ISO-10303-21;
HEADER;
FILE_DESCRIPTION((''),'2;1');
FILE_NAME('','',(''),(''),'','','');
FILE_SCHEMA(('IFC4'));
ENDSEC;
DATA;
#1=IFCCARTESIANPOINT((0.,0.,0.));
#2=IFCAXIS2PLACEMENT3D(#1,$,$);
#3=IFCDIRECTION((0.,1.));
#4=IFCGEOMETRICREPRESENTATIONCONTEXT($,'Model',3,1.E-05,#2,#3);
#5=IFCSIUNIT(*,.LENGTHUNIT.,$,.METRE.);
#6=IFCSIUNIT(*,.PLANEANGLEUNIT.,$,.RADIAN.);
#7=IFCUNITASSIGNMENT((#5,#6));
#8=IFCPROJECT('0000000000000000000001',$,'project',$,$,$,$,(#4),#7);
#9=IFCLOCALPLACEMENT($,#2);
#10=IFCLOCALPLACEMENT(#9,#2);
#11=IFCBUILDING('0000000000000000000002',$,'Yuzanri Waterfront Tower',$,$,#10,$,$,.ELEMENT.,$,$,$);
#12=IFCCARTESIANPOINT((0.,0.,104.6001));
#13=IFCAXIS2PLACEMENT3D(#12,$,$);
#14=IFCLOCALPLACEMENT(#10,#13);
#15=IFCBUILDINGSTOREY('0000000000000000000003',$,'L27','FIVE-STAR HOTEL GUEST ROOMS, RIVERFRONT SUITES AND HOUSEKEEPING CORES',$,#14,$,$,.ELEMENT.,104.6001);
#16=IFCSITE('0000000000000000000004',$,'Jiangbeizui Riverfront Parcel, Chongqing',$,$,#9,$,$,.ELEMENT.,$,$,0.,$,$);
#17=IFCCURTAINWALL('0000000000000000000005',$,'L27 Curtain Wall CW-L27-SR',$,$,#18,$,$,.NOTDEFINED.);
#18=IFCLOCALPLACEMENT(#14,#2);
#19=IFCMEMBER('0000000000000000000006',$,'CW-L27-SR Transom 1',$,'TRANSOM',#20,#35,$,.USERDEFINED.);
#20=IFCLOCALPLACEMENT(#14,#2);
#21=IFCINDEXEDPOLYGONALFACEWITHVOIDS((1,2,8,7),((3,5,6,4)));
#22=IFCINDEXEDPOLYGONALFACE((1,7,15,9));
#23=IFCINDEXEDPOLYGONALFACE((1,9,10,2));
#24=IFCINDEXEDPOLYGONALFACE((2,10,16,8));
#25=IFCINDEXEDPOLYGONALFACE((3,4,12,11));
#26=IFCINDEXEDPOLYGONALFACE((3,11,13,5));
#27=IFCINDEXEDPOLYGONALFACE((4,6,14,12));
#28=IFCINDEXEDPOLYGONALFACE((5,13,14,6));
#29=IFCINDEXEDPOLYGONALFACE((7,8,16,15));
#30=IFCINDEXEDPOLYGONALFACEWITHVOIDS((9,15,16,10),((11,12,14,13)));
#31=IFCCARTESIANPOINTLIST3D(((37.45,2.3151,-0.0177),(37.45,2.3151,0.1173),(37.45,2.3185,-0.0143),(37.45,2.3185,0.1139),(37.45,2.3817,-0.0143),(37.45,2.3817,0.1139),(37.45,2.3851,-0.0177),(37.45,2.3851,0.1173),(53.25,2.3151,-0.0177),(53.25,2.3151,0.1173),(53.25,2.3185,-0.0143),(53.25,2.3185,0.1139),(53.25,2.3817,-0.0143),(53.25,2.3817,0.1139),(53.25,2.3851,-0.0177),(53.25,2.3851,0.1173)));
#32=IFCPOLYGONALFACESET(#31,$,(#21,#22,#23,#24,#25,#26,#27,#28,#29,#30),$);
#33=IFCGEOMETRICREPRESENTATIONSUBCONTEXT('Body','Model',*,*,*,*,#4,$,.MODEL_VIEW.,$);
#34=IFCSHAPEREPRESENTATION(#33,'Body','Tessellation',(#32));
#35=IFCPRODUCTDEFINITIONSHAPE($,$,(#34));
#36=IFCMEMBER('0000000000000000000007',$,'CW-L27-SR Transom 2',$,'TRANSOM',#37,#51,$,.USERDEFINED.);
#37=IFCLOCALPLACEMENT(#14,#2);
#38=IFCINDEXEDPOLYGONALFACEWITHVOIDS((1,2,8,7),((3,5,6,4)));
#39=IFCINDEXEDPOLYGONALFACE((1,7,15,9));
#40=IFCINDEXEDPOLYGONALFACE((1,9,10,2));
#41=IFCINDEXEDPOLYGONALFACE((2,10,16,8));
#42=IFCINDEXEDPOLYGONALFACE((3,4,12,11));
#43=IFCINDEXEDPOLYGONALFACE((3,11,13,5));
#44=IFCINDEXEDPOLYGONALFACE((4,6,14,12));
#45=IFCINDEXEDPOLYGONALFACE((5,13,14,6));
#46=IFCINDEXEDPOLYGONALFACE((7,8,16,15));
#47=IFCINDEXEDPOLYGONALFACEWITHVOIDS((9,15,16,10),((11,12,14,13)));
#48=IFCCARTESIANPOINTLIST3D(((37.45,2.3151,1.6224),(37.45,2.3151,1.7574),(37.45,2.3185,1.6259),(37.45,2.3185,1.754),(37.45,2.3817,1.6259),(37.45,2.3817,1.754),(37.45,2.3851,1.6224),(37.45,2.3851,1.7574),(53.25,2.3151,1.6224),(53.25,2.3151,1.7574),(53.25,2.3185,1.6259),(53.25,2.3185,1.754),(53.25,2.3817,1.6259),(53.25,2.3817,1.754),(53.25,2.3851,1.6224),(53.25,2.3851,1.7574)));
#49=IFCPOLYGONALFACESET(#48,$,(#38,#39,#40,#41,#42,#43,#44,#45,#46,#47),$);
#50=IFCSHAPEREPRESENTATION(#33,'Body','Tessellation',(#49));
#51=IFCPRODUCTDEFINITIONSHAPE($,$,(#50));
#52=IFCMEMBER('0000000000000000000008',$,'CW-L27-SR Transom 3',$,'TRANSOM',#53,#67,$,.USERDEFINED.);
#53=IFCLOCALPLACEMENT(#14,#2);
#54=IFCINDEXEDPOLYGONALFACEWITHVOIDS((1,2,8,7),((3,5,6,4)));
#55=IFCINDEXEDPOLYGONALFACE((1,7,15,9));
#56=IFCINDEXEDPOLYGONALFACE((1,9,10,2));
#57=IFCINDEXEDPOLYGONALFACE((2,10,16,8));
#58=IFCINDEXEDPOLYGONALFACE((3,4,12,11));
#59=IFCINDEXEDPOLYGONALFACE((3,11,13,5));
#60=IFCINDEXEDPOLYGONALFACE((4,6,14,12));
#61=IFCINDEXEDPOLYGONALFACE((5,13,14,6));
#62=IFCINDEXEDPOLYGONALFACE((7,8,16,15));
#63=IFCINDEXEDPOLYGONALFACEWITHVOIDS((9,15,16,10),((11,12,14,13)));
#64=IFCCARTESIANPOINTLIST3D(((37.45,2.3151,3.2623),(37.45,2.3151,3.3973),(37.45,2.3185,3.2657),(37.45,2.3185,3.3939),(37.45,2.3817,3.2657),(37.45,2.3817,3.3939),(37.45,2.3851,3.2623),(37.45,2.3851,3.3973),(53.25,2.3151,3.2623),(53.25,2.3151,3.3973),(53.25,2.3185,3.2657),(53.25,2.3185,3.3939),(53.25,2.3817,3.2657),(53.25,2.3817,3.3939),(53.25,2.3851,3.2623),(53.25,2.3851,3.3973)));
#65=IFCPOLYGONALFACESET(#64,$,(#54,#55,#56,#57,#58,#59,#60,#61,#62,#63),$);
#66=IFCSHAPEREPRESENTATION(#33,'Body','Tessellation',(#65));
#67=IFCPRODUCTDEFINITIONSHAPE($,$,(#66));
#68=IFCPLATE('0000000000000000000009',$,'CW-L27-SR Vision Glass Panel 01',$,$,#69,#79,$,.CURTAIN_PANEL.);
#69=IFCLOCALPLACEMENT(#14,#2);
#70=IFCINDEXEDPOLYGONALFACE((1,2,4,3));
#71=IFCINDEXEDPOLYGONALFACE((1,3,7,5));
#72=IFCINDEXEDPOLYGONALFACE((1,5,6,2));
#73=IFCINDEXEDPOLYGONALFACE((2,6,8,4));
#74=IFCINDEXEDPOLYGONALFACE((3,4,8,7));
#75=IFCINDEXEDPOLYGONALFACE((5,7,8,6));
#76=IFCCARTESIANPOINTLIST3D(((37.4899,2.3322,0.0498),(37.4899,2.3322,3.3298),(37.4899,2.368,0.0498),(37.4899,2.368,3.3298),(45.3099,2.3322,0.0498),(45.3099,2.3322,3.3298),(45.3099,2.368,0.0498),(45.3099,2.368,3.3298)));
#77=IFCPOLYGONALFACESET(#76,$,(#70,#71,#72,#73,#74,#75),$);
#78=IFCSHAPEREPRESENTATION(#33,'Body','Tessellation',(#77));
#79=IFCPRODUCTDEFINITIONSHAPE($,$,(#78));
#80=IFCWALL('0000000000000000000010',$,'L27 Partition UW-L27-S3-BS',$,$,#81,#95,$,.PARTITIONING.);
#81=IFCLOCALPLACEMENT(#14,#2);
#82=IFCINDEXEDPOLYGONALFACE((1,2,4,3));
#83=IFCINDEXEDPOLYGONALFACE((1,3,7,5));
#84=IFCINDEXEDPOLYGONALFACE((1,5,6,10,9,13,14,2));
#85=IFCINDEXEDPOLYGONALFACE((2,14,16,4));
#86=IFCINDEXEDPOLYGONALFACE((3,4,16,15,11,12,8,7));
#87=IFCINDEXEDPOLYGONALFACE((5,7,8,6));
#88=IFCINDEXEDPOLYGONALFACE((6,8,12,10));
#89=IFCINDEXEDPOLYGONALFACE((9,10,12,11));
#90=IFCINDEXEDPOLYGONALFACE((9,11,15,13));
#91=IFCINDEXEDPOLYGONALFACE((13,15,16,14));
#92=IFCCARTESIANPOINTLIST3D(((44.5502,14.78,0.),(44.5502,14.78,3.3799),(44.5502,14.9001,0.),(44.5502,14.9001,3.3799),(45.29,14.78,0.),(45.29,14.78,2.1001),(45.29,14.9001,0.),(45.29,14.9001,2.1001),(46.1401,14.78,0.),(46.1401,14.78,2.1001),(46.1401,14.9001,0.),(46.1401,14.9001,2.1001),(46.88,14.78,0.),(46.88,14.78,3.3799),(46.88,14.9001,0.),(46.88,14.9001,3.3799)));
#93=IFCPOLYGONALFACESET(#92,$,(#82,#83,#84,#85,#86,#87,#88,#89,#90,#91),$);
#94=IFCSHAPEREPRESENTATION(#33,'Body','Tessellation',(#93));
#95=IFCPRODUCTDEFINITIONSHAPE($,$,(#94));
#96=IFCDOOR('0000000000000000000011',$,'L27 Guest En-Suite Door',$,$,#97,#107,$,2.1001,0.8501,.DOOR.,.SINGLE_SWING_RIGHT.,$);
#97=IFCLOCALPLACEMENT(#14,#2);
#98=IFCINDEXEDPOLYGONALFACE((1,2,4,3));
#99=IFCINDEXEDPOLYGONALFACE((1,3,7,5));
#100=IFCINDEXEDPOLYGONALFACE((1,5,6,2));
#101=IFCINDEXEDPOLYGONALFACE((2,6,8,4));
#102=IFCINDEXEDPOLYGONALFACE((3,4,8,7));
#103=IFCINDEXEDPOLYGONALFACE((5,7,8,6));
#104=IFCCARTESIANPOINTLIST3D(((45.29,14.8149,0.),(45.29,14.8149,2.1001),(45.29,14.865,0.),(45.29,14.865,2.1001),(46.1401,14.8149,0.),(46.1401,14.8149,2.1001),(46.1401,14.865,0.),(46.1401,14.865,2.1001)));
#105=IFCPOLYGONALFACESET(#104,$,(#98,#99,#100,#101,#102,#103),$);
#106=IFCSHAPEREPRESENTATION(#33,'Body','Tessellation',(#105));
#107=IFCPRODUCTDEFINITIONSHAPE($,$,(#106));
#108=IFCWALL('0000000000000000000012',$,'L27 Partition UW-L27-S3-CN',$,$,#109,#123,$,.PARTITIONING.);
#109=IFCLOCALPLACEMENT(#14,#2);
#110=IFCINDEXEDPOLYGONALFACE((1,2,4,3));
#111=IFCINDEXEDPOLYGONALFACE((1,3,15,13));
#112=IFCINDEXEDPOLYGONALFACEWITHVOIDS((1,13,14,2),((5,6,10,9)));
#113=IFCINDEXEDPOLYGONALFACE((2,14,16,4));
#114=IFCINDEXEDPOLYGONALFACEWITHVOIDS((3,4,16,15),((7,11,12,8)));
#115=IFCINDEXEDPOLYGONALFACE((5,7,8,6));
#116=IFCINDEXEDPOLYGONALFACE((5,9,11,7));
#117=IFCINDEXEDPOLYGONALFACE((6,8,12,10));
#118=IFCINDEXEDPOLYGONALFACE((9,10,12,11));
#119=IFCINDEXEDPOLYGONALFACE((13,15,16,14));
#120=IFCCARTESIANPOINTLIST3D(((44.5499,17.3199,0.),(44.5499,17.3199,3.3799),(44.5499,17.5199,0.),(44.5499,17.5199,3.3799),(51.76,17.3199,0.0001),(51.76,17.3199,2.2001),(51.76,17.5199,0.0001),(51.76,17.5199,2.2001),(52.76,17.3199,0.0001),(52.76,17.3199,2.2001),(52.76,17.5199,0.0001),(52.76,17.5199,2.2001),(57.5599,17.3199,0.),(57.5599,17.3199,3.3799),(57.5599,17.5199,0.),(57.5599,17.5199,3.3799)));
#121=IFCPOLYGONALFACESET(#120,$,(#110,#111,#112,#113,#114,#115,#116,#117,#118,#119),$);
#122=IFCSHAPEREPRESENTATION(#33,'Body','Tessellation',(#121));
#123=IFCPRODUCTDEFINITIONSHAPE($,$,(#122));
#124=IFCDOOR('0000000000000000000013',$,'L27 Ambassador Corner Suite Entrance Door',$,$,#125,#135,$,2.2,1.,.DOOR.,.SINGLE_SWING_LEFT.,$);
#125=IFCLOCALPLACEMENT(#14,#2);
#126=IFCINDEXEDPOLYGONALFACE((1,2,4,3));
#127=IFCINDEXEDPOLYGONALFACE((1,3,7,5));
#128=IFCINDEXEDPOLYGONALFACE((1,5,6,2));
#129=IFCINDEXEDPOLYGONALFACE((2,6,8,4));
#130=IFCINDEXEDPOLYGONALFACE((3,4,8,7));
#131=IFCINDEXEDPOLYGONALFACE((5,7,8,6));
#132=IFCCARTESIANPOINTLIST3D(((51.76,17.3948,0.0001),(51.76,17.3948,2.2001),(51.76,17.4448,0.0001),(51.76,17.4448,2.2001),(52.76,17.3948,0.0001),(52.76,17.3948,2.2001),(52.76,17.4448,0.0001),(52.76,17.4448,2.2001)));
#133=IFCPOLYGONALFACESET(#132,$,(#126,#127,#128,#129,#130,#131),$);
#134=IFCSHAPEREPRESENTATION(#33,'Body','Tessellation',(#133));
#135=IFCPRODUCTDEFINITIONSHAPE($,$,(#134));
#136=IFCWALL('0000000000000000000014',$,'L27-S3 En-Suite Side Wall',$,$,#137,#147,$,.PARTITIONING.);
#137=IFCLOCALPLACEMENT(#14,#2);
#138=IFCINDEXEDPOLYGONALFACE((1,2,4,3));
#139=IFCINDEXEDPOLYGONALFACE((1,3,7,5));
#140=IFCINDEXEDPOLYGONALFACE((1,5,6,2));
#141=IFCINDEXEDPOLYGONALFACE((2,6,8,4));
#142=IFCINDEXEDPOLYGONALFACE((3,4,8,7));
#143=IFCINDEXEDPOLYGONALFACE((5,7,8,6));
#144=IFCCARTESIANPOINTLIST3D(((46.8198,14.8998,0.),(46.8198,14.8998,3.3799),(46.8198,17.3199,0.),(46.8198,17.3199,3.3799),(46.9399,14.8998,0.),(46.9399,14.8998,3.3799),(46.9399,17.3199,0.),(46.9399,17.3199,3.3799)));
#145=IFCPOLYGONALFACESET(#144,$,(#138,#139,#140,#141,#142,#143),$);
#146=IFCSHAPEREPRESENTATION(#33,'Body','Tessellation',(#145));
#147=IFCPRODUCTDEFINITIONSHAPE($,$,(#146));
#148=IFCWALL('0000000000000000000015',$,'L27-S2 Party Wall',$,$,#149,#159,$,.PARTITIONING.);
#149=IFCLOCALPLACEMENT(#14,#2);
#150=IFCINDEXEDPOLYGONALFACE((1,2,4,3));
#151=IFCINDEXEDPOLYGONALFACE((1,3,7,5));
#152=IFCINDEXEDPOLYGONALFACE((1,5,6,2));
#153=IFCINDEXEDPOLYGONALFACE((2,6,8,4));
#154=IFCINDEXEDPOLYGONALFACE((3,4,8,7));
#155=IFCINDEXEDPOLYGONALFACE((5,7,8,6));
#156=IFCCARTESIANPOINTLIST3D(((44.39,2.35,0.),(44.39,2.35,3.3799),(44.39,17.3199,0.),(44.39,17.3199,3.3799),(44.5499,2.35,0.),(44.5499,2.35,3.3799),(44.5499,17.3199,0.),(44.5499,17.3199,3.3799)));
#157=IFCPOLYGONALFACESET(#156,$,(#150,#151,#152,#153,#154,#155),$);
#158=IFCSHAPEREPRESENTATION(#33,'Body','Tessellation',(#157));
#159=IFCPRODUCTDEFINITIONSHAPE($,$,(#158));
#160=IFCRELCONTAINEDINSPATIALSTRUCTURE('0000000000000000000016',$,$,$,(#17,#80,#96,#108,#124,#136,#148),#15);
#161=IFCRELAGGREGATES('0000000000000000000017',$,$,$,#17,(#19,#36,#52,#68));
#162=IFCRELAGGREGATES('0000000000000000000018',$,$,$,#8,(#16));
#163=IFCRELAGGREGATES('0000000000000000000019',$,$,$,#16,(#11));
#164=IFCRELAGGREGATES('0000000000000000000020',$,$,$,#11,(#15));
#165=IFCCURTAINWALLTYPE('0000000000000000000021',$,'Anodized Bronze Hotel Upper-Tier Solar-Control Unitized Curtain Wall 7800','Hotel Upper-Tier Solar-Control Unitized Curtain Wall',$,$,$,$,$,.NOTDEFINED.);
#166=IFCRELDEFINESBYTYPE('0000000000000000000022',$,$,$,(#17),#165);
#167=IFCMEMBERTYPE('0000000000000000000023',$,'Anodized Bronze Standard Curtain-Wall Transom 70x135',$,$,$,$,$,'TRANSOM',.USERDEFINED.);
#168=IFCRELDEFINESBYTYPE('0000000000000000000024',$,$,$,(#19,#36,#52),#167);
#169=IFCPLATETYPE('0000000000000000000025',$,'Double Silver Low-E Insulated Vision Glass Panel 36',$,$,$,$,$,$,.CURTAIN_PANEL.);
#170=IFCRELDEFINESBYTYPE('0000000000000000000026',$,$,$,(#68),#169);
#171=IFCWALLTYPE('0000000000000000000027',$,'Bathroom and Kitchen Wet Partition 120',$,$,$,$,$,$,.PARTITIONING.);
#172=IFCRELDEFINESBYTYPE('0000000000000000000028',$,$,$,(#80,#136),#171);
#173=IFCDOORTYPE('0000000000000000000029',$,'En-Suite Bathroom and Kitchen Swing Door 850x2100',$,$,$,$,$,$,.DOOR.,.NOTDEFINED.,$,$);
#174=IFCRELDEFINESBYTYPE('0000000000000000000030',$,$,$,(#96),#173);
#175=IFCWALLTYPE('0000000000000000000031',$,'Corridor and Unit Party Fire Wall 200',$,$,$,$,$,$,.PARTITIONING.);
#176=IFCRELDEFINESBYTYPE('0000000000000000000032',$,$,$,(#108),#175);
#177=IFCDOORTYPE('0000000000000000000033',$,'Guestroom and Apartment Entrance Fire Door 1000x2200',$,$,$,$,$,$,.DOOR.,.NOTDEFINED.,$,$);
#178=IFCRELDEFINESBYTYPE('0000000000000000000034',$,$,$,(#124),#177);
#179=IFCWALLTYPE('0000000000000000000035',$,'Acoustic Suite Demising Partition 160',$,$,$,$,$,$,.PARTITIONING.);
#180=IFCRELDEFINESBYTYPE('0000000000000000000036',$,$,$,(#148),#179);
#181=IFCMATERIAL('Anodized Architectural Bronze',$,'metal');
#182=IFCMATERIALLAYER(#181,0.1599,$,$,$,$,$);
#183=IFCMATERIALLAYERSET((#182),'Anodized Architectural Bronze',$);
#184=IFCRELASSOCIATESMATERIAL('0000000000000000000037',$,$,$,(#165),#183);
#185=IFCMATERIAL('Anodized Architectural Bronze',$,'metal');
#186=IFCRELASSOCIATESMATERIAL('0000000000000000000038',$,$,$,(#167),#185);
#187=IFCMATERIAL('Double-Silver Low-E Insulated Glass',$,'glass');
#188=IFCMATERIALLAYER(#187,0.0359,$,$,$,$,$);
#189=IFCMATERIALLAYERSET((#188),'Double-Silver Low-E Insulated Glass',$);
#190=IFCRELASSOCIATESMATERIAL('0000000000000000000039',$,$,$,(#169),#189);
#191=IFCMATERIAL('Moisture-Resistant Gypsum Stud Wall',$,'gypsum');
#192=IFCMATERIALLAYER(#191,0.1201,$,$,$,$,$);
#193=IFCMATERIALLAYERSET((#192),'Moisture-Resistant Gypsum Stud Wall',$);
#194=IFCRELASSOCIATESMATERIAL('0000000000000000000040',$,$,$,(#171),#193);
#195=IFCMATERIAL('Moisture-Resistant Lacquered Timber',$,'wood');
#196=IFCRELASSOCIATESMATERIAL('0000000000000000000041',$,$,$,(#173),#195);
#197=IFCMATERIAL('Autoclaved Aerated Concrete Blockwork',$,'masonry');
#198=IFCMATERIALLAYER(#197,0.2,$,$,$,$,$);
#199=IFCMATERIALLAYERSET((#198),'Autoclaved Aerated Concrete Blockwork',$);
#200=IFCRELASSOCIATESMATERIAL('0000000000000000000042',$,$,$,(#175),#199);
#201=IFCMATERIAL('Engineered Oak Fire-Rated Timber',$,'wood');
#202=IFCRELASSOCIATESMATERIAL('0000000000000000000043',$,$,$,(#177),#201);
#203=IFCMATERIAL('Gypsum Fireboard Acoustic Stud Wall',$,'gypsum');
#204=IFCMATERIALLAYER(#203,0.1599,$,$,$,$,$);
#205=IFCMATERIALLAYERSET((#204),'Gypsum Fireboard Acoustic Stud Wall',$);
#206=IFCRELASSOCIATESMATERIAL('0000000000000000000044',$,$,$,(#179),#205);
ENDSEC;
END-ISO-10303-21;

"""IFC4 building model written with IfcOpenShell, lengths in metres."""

from ifc_helpers import new_model, si_unit, direction, frame, frame_2d, origin, origin_2d, place, context, subcontext, project, spatial, rectangle, hollow_rectangle, extrude, source, transform, mapped, material, layer, layer_set, material_profile, profile_set, type_object, element, fill, aggregate, save


model = new_model("IFC4")

# Units and contexts
model_context = context("Model", 3, precision=1e-05, world=origin(), true_north=direction((0.0, 1.0)))
body_context = subcontext(model_context, "Body", "Model", "MODEL_VIEW")
ifc_project = project(units=[si_unit("LENGTHUNIT", "METRE"), si_unit("PLANEANGLEUNIT", "RADIAN")], contexts=[model_context])

# Site, building, storey
site_placement = place(None, origin())
site = spatial("IfcSite", under=ifc_project, at=site_placement, Name="Jiangbeizui Riverfront Parcel, Chongqing", CompositionType="ELEMENT", RefElevation=0.0)
building_placement = place(site_placement, origin())
building = spatial("IfcBuilding", under=site, at=building_placement, Name="Yuzanri Waterfront Tower", CompositionType="ELEMENT")
storey_placement = place(building_placement, frame((0.0, 0.0, 104.6001)))
storey = spatial("IfcBuildingStorey", under=building, at=storey_placement, Name="L27", Description="FIVE-STAR HOTEL GUEST ROOMS, RIVERFRONT SUITES AND HOUSEKEEPING CORES", CompositionType="ELEMENT", Elevation=104.6001)

# Curtain wall, members, plate
ifc_material_1 = material(Name="Anodized Architectural Bronze", Category="metal")
ifc_layer_1 = layer(ifc_material_1, 0.1599)
ifc_layer_set_1 = layer_set([ifc_layer_1], Name="Anodized Architectural Bronze")
curtain_wall_type = type_object("IfcCurtainWallType", Name="Anodized Bronze Hotel Upper-Tier Solar-Control Unitized Curtain Wall 7800", Description="Hotel Upper-Tier Solar-Control Unitized Curtain Wall", PredefinedType="NOTDEFINED", material=ifc_layer_set_1)
curtain_wall_placement = place(storey_placement, origin())
curtain_wall = element("IfcCurtainWall", 1, at=curtain_wall_placement, inside=storey, type_object=curtain_wall_type, Name="L27 Curtain Wall CW-L27-SR", PredefinedType="NOTDEFINED")
ifc_material_2 = material(Name="Anodized Architectural Bronze", Category="metal")
ifc_material_profile_1 = material_profile(ifc_material_2, hollow_rectangle(XDim=0.0701, YDim=0.135, WallThickness=0.0034, at=origin_2d()), Name="CWT 70x135")
ifc_profile_set_1 = profile_set([ifc_material_profile_1], Name="Anodized Architectural Bronze")
member_type_1 = type_object("IfcMemberType", Name="Anodized Bronze Standard Curtain-Wall Transom 70x135", ElementType="TRANSOM", PredefinedType="USERDEFINED", material=ifc_profile_set_1)
shared_shape_1 = source(origin(), body_context, "Body", "SweptSolid", [
    extrude(hollow_rectangle(XDim=0.0701, YDim=0.135, WallThickness=0.0034, at=origin_2d()), origin(), (0.0, 0.0, 1.0), 15.8),
])
member_1_placement = place(storey_placement, frame((37.45, 2.3501, 0.0498), z_axis=(1.0, 0.0, 0.0), x_axis=(0.0, 1.0, 0.0)))
member_1 = element("IfcMember", 2, at=member_1_placement, type_object=member_type_1, Name="CW-L27-SR Transom 1", ObjectType="TRANSOM", PredefinedType="USERDEFINED", context=body_context, shape_type="MappedRepresentation", body=[
    mapped(shared_shape_1, transform((0.0, 0.0, 0.0), scale=1.0)),
])
member_2_placement = place(storey_placement, frame((37.45, 2.3501, 1.6899), z_axis=(1.0, 0.0, 0.0), x_axis=(0.0, 1.0, 0.0)))
member_2 = element("IfcMember", 3, at=member_2_placement, type_object=member_type_1, Name="CW-L27-SR Transom 2", ObjectType="TRANSOM", PredefinedType="USERDEFINED", context=body_context, shape_type="MappedRepresentation", body=[
    mapped(shared_shape_1, transform((0.0, 0.0, 0.0), scale=1.0)),
])
member_3_placement = place(storey_placement, frame((37.45, 2.3501, 3.3298), z_axis=(1.0, 0.0, 0.0), x_axis=(0.0, 1.0, 0.0)))
member_3 = element("IfcMember", 4, at=member_3_placement, type_object=member_type_1, Name="CW-L27-SR Transom 3", ObjectType="TRANSOM", PredefinedType="USERDEFINED", context=body_context, shape_type="MappedRepresentation", body=[
    mapped(shared_shape_1, transform((0.0, 0.0, 0.0), scale=1.0)),
])
ifc_material_3 = material(Name="Double-Silver Low-E Insulated Glass", Category="glass")
ifc_layer_2 = layer(ifc_material_3, 0.0359)
ifc_layer_set_2 = layer_set([ifc_layer_2], Name="Double-Silver Low-E Insulated Glass")
plate_type = type_object("IfcPlateType", Name="Double Silver Low-E Insulated Vision Glass Panel 36", PredefinedType="CURTAIN_PANEL", material=ifc_layer_set_2)
shared_shape_2 = source(origin(), body_context, "Body", "SweptSolid", [
    extrude(rectangle(XDim=7.8201, YDim=0.0359, at=origin_2d()), origin(), (0.0, 0.0, 1.0), 3.28),
])
plate_placement = place(storey_placement, frame((41.3999, 2.3501, 0.0498), z_axis=(0.0, 0.0, 1.0), x_axis=(1.0, 0.0, 0.0)))
plate = element("IfcPlate", 5, at=plate_placement, type_object=plate_type, Name="CW-L27-SR Vision Glass Panel 01", PredefinedType="CURTAIN_PANEL", context=body_context, shape_type="MappedRepresentation", body=[
    mapped(shared_shape_2, transform((0.0, 0.0, 0.0), scale=1.0)),
])
aggregate(curtain_wall, [member_1, member_2, member_3, plate])

# Walls, openings, doors
ifc_material_4 = material(Name="Moisture-Resistant Gypsum Stud Wall", Category="gypsum")
ifc_layer_3 = layer(ifc_material_4, 0.1201)
ifc_layer_set_3 = layer_set([ifc_layer_3], Name="Moisture-Resistant Gypsum Stud Wall")
wall_type_1 = type_object("IfcWallType", Name="Bathroom and Kitchen Wet Partition 120", PredefinedType="PARTITIONING", material=ifc_layer_set_3)
wall_1_placement = place(storey_placement, frame((44.55, 14.8401, 0.0), z_axis=(0.0, 0.0, 1.0), x_axis=(1.0, 0.0, 0.0)))
wall_1 = element("IfcWall", 6, at=wall_1_placement, inside=storey, type_object=wall_type_1, Name="L27 Partition UW-L27-S3-BS", PredefinedType="PARTITIONING", context=body_context, shape_type="SweptSolid", body=[
    extrude(rectangle(XDim=2.3298, YDim=0.1201, at=frame_2d((1.165, 0.0))), origin(), (0.0, 0.0, 1.0), 3.3799),
])
opening_1_placement = place(wall_1_placement, frame((0.74, 0.0, 0.0)))
opening_1 = element("IfcOpeningElement", 7, at=opening_1_placement, cuts=wall_1, PredefinedType="OPENING", context=body_context, shape_type="SweptSolid", body=[
    extrude(rectangle(XDim=0.8501, YDim=2.1001, at=frame_2d((0.425, 1.05))), frame((0.0, 0.075, 0.0), z_axis=(0.0, -1.0, 0.0), x_axis=(1.0, 0.0, 0.0)), (0.0, 0.0, 1.0), 0.1499),
])
ifc_material_5 = material(Name="Moisture-Resistant Lacquered Timber", Category="wood")
door_type_1 = type_object("IfcDoorType", Name="En-Suite Bathroom and Kitchen Swing Door 850x2100", OperationType="NOTDEFINED", PredefinedType="DOOR", material=ifc_material_5)
shared_shape_3 = source(origin(), body_context, "Body", "SweptSolid", [
    extrude(rectangle(XDim=0.8501, YDim=2.1001, at=frame_2d((0.425, 1.05))), frame((0.0, 0.0249, 0.0), z_axis=(0.0, -1.0, 0.0), x_axis=(1.0, 0.0, 0.0)), (0.0, 0.0, 1.0), 0.05),
])
door_1_placement = place(opening_1_placement, origin())
door_1 = element("IfcDoor", 8, at=door_1_placement, inside=storey, type_object=door_type_1, Name="L27 Guest En-Suite Door", OperationType="SINGLE_SWING_RIGHT", OverallHeight=2.1001, OverallWidth=0.8501, PredefinedType="DOOR", context=body_context, shape_type="MappedRepresentation", body=[
    mapped(shared_shape_3, transform((0.0, 0.0, 0.0), scale=1.0)),
])
fill(opening_1, door_1)
ifc_material_6 = material(Name="Autoclaved Aerated Concrete Blockwork", Category="masonry")
ifc_layer_4 = layer(ifc_material_6, 0.2)
ifc_layer_set_4 = layer_set([ifc_layer_4], Name="Autoclaved Aerated Concrete Blockwork")
wall_type_2 = type_object("IfcWallType", Name="Corridor and Unit Party Fire Wall 200", PredefinedType="PARTITIONING", material=ifc_layer_set_4)
wall_2_placement = place(storey_placement, frame((44.55, 17.4199, 0.0), z_axis=(0.0, 0.0, 1.0), x_axis=(1.0, 0.0, 0.0)))
wall_2 = element("IfcWall", 9, at=wall_2_placement, inside=storey, type_object=wall_type_2, Name="L27 Partition UW-L27-S3-CN", PredefinedType="PARTITIONING", context=body_context, shape_type="SweptSolid", body=[
    extrude(rectangle(XDim=13.01, YDim=0.2, at=frame_2d((6.5049, 0.0))), origin(), (0.0, 0.0, 1.0), 3.3799),
])
opening_2_placement = place(wall_2_placement, frame((7.21, 0.0, 0.0)))
opening_2 = element("IfcOpeningElement", 10, at=opening_2_placement, cuts=wall_2, PredefinedType="OPENING", context=body_context, shape_type="SweptSolid", body=[
    extrude(rectangle(XDim=1.0, YDim=2.2, at=frame_2d((0.5, 1.1001))), frame((0.0, 0.1147, 0.0), z_axis=(0.0, -1.0, 0.0), x_axis=(1.0, 0.0, 0.0)), (0.0, 0.0, 1.0), 0.2297),
])
ifc_material_7 = material(Name="Engineered Oak Fire-Rated Timber", Category="wood")
door_type_2 = type_object("IfcDoorType", Name="Guestroom and Apartment Entrance Fire Door 1000x2200", OperationType="NOTDEFINED", PredefinedType="DOOR", material=ifc_material_7)
shared_shape_4 = source(origin(), body_context, "Body", "SweptSolid", [
    extrude(rectangle(XDim=1.0, YDim=2.2, at=frame_2d((0.5, 1.1001))), frame((0.0, 0.0249, 0.0), z_axis=(0.0, -1.0, 0.0), x_axis=(1.0, 0.0, 0.0)), (0.0, 0.0, 1.0), 0.05),
])
door_2_placement = place(opening_2_placement, origin())
door_2 = element("IfcDoor", 11, at=door_2_placement, inside=storey, type_object=door_type_2, Name="L27 Ambassador Corner Suite Entrance Door", OperationType="SINGLE_SWING_LEFT", OverallHeight=2.2, OverallWidth=1.0, PredefinedType="DOOR", context=body_context, shape_type="MappedRepresentation", body=[
    mapped(shared_shape_4, transform((0.0, 0.0, 0.0), scale=1.0)),
])
fill(opening_2, door_2)

# Walls
shared_shape_5 = source(origin(), body_context, "Body", "SweptSolid", [
    extrude(rectangle(XDim=2.4202, YDim=0.1201, at=frame_2d((1.21, 0.0))), origin(), (0.0, 0.0, 1.0), 3.3799),
])
wall_3_placement = place(storey_placement, frame((46.8799, 14.8999, 0.0), z_axis=(0.0, 0.0, 1.0), x_axis=(0.0, 1.0, 0.0)))
element("IfcWall", 12, at=wall_3_placement, inside=storey, type_object=wall_type_1, Name="L27-S3 En-Suite Side Wall", PredefinedType="PARTITIONING", context=body_context, shape_type="MappedRepresentation", body=[
    mapped(shared_shape_5, transform((0.0, 0.0, 0.0), scale=1.0)),
])
ifc_material_8 = material(Name="Gypsum Fireboard Acoustic Stud Wall", Category="gypsum")
ifc_layer_5 = layer(ifc_material_8, 0.1599)
ifc_layer_set_5 = layer_set([ifc_layer_5], Name="Gypsum Fireboard Acoustic Stud Wall")
wall_type_3 = type_object("IfcWallType", Name="Acoustic Suite Demising Partition 160", PredefinedType="PARTITIONING", material=ifc_layer_set_5)
shared_shape_6 = source(origin(), body_context, "Body", "SweptSolid", [
    extrude(rectangle(XDim=14.97, YDim=0.1599, at=frame_2d((7.4849, 0.0))), origin(), (0.0, 0.0, 1.0), 3.3799),
])
wall_4_placement = place(storey_placement, frame((44.47, 2.3501, 0.0), z_axis=(0.0, 0.0, 1.0), x_axis=(0.0, 1.0, 0.0)))
element("IfcWall", 13, at=wall_4_placement, inside=storey, type_object=wall_type_3, Name="L27-S2 Party Wall", PredefinedType="PARTITIONING", context=body_context, shape_type="MappedRepresentation", body=[
    mapped(shared_shape_6, transform((0.0, 0.0, 0.0), scale=1.0)),
])

save(model, "model.ifc")
